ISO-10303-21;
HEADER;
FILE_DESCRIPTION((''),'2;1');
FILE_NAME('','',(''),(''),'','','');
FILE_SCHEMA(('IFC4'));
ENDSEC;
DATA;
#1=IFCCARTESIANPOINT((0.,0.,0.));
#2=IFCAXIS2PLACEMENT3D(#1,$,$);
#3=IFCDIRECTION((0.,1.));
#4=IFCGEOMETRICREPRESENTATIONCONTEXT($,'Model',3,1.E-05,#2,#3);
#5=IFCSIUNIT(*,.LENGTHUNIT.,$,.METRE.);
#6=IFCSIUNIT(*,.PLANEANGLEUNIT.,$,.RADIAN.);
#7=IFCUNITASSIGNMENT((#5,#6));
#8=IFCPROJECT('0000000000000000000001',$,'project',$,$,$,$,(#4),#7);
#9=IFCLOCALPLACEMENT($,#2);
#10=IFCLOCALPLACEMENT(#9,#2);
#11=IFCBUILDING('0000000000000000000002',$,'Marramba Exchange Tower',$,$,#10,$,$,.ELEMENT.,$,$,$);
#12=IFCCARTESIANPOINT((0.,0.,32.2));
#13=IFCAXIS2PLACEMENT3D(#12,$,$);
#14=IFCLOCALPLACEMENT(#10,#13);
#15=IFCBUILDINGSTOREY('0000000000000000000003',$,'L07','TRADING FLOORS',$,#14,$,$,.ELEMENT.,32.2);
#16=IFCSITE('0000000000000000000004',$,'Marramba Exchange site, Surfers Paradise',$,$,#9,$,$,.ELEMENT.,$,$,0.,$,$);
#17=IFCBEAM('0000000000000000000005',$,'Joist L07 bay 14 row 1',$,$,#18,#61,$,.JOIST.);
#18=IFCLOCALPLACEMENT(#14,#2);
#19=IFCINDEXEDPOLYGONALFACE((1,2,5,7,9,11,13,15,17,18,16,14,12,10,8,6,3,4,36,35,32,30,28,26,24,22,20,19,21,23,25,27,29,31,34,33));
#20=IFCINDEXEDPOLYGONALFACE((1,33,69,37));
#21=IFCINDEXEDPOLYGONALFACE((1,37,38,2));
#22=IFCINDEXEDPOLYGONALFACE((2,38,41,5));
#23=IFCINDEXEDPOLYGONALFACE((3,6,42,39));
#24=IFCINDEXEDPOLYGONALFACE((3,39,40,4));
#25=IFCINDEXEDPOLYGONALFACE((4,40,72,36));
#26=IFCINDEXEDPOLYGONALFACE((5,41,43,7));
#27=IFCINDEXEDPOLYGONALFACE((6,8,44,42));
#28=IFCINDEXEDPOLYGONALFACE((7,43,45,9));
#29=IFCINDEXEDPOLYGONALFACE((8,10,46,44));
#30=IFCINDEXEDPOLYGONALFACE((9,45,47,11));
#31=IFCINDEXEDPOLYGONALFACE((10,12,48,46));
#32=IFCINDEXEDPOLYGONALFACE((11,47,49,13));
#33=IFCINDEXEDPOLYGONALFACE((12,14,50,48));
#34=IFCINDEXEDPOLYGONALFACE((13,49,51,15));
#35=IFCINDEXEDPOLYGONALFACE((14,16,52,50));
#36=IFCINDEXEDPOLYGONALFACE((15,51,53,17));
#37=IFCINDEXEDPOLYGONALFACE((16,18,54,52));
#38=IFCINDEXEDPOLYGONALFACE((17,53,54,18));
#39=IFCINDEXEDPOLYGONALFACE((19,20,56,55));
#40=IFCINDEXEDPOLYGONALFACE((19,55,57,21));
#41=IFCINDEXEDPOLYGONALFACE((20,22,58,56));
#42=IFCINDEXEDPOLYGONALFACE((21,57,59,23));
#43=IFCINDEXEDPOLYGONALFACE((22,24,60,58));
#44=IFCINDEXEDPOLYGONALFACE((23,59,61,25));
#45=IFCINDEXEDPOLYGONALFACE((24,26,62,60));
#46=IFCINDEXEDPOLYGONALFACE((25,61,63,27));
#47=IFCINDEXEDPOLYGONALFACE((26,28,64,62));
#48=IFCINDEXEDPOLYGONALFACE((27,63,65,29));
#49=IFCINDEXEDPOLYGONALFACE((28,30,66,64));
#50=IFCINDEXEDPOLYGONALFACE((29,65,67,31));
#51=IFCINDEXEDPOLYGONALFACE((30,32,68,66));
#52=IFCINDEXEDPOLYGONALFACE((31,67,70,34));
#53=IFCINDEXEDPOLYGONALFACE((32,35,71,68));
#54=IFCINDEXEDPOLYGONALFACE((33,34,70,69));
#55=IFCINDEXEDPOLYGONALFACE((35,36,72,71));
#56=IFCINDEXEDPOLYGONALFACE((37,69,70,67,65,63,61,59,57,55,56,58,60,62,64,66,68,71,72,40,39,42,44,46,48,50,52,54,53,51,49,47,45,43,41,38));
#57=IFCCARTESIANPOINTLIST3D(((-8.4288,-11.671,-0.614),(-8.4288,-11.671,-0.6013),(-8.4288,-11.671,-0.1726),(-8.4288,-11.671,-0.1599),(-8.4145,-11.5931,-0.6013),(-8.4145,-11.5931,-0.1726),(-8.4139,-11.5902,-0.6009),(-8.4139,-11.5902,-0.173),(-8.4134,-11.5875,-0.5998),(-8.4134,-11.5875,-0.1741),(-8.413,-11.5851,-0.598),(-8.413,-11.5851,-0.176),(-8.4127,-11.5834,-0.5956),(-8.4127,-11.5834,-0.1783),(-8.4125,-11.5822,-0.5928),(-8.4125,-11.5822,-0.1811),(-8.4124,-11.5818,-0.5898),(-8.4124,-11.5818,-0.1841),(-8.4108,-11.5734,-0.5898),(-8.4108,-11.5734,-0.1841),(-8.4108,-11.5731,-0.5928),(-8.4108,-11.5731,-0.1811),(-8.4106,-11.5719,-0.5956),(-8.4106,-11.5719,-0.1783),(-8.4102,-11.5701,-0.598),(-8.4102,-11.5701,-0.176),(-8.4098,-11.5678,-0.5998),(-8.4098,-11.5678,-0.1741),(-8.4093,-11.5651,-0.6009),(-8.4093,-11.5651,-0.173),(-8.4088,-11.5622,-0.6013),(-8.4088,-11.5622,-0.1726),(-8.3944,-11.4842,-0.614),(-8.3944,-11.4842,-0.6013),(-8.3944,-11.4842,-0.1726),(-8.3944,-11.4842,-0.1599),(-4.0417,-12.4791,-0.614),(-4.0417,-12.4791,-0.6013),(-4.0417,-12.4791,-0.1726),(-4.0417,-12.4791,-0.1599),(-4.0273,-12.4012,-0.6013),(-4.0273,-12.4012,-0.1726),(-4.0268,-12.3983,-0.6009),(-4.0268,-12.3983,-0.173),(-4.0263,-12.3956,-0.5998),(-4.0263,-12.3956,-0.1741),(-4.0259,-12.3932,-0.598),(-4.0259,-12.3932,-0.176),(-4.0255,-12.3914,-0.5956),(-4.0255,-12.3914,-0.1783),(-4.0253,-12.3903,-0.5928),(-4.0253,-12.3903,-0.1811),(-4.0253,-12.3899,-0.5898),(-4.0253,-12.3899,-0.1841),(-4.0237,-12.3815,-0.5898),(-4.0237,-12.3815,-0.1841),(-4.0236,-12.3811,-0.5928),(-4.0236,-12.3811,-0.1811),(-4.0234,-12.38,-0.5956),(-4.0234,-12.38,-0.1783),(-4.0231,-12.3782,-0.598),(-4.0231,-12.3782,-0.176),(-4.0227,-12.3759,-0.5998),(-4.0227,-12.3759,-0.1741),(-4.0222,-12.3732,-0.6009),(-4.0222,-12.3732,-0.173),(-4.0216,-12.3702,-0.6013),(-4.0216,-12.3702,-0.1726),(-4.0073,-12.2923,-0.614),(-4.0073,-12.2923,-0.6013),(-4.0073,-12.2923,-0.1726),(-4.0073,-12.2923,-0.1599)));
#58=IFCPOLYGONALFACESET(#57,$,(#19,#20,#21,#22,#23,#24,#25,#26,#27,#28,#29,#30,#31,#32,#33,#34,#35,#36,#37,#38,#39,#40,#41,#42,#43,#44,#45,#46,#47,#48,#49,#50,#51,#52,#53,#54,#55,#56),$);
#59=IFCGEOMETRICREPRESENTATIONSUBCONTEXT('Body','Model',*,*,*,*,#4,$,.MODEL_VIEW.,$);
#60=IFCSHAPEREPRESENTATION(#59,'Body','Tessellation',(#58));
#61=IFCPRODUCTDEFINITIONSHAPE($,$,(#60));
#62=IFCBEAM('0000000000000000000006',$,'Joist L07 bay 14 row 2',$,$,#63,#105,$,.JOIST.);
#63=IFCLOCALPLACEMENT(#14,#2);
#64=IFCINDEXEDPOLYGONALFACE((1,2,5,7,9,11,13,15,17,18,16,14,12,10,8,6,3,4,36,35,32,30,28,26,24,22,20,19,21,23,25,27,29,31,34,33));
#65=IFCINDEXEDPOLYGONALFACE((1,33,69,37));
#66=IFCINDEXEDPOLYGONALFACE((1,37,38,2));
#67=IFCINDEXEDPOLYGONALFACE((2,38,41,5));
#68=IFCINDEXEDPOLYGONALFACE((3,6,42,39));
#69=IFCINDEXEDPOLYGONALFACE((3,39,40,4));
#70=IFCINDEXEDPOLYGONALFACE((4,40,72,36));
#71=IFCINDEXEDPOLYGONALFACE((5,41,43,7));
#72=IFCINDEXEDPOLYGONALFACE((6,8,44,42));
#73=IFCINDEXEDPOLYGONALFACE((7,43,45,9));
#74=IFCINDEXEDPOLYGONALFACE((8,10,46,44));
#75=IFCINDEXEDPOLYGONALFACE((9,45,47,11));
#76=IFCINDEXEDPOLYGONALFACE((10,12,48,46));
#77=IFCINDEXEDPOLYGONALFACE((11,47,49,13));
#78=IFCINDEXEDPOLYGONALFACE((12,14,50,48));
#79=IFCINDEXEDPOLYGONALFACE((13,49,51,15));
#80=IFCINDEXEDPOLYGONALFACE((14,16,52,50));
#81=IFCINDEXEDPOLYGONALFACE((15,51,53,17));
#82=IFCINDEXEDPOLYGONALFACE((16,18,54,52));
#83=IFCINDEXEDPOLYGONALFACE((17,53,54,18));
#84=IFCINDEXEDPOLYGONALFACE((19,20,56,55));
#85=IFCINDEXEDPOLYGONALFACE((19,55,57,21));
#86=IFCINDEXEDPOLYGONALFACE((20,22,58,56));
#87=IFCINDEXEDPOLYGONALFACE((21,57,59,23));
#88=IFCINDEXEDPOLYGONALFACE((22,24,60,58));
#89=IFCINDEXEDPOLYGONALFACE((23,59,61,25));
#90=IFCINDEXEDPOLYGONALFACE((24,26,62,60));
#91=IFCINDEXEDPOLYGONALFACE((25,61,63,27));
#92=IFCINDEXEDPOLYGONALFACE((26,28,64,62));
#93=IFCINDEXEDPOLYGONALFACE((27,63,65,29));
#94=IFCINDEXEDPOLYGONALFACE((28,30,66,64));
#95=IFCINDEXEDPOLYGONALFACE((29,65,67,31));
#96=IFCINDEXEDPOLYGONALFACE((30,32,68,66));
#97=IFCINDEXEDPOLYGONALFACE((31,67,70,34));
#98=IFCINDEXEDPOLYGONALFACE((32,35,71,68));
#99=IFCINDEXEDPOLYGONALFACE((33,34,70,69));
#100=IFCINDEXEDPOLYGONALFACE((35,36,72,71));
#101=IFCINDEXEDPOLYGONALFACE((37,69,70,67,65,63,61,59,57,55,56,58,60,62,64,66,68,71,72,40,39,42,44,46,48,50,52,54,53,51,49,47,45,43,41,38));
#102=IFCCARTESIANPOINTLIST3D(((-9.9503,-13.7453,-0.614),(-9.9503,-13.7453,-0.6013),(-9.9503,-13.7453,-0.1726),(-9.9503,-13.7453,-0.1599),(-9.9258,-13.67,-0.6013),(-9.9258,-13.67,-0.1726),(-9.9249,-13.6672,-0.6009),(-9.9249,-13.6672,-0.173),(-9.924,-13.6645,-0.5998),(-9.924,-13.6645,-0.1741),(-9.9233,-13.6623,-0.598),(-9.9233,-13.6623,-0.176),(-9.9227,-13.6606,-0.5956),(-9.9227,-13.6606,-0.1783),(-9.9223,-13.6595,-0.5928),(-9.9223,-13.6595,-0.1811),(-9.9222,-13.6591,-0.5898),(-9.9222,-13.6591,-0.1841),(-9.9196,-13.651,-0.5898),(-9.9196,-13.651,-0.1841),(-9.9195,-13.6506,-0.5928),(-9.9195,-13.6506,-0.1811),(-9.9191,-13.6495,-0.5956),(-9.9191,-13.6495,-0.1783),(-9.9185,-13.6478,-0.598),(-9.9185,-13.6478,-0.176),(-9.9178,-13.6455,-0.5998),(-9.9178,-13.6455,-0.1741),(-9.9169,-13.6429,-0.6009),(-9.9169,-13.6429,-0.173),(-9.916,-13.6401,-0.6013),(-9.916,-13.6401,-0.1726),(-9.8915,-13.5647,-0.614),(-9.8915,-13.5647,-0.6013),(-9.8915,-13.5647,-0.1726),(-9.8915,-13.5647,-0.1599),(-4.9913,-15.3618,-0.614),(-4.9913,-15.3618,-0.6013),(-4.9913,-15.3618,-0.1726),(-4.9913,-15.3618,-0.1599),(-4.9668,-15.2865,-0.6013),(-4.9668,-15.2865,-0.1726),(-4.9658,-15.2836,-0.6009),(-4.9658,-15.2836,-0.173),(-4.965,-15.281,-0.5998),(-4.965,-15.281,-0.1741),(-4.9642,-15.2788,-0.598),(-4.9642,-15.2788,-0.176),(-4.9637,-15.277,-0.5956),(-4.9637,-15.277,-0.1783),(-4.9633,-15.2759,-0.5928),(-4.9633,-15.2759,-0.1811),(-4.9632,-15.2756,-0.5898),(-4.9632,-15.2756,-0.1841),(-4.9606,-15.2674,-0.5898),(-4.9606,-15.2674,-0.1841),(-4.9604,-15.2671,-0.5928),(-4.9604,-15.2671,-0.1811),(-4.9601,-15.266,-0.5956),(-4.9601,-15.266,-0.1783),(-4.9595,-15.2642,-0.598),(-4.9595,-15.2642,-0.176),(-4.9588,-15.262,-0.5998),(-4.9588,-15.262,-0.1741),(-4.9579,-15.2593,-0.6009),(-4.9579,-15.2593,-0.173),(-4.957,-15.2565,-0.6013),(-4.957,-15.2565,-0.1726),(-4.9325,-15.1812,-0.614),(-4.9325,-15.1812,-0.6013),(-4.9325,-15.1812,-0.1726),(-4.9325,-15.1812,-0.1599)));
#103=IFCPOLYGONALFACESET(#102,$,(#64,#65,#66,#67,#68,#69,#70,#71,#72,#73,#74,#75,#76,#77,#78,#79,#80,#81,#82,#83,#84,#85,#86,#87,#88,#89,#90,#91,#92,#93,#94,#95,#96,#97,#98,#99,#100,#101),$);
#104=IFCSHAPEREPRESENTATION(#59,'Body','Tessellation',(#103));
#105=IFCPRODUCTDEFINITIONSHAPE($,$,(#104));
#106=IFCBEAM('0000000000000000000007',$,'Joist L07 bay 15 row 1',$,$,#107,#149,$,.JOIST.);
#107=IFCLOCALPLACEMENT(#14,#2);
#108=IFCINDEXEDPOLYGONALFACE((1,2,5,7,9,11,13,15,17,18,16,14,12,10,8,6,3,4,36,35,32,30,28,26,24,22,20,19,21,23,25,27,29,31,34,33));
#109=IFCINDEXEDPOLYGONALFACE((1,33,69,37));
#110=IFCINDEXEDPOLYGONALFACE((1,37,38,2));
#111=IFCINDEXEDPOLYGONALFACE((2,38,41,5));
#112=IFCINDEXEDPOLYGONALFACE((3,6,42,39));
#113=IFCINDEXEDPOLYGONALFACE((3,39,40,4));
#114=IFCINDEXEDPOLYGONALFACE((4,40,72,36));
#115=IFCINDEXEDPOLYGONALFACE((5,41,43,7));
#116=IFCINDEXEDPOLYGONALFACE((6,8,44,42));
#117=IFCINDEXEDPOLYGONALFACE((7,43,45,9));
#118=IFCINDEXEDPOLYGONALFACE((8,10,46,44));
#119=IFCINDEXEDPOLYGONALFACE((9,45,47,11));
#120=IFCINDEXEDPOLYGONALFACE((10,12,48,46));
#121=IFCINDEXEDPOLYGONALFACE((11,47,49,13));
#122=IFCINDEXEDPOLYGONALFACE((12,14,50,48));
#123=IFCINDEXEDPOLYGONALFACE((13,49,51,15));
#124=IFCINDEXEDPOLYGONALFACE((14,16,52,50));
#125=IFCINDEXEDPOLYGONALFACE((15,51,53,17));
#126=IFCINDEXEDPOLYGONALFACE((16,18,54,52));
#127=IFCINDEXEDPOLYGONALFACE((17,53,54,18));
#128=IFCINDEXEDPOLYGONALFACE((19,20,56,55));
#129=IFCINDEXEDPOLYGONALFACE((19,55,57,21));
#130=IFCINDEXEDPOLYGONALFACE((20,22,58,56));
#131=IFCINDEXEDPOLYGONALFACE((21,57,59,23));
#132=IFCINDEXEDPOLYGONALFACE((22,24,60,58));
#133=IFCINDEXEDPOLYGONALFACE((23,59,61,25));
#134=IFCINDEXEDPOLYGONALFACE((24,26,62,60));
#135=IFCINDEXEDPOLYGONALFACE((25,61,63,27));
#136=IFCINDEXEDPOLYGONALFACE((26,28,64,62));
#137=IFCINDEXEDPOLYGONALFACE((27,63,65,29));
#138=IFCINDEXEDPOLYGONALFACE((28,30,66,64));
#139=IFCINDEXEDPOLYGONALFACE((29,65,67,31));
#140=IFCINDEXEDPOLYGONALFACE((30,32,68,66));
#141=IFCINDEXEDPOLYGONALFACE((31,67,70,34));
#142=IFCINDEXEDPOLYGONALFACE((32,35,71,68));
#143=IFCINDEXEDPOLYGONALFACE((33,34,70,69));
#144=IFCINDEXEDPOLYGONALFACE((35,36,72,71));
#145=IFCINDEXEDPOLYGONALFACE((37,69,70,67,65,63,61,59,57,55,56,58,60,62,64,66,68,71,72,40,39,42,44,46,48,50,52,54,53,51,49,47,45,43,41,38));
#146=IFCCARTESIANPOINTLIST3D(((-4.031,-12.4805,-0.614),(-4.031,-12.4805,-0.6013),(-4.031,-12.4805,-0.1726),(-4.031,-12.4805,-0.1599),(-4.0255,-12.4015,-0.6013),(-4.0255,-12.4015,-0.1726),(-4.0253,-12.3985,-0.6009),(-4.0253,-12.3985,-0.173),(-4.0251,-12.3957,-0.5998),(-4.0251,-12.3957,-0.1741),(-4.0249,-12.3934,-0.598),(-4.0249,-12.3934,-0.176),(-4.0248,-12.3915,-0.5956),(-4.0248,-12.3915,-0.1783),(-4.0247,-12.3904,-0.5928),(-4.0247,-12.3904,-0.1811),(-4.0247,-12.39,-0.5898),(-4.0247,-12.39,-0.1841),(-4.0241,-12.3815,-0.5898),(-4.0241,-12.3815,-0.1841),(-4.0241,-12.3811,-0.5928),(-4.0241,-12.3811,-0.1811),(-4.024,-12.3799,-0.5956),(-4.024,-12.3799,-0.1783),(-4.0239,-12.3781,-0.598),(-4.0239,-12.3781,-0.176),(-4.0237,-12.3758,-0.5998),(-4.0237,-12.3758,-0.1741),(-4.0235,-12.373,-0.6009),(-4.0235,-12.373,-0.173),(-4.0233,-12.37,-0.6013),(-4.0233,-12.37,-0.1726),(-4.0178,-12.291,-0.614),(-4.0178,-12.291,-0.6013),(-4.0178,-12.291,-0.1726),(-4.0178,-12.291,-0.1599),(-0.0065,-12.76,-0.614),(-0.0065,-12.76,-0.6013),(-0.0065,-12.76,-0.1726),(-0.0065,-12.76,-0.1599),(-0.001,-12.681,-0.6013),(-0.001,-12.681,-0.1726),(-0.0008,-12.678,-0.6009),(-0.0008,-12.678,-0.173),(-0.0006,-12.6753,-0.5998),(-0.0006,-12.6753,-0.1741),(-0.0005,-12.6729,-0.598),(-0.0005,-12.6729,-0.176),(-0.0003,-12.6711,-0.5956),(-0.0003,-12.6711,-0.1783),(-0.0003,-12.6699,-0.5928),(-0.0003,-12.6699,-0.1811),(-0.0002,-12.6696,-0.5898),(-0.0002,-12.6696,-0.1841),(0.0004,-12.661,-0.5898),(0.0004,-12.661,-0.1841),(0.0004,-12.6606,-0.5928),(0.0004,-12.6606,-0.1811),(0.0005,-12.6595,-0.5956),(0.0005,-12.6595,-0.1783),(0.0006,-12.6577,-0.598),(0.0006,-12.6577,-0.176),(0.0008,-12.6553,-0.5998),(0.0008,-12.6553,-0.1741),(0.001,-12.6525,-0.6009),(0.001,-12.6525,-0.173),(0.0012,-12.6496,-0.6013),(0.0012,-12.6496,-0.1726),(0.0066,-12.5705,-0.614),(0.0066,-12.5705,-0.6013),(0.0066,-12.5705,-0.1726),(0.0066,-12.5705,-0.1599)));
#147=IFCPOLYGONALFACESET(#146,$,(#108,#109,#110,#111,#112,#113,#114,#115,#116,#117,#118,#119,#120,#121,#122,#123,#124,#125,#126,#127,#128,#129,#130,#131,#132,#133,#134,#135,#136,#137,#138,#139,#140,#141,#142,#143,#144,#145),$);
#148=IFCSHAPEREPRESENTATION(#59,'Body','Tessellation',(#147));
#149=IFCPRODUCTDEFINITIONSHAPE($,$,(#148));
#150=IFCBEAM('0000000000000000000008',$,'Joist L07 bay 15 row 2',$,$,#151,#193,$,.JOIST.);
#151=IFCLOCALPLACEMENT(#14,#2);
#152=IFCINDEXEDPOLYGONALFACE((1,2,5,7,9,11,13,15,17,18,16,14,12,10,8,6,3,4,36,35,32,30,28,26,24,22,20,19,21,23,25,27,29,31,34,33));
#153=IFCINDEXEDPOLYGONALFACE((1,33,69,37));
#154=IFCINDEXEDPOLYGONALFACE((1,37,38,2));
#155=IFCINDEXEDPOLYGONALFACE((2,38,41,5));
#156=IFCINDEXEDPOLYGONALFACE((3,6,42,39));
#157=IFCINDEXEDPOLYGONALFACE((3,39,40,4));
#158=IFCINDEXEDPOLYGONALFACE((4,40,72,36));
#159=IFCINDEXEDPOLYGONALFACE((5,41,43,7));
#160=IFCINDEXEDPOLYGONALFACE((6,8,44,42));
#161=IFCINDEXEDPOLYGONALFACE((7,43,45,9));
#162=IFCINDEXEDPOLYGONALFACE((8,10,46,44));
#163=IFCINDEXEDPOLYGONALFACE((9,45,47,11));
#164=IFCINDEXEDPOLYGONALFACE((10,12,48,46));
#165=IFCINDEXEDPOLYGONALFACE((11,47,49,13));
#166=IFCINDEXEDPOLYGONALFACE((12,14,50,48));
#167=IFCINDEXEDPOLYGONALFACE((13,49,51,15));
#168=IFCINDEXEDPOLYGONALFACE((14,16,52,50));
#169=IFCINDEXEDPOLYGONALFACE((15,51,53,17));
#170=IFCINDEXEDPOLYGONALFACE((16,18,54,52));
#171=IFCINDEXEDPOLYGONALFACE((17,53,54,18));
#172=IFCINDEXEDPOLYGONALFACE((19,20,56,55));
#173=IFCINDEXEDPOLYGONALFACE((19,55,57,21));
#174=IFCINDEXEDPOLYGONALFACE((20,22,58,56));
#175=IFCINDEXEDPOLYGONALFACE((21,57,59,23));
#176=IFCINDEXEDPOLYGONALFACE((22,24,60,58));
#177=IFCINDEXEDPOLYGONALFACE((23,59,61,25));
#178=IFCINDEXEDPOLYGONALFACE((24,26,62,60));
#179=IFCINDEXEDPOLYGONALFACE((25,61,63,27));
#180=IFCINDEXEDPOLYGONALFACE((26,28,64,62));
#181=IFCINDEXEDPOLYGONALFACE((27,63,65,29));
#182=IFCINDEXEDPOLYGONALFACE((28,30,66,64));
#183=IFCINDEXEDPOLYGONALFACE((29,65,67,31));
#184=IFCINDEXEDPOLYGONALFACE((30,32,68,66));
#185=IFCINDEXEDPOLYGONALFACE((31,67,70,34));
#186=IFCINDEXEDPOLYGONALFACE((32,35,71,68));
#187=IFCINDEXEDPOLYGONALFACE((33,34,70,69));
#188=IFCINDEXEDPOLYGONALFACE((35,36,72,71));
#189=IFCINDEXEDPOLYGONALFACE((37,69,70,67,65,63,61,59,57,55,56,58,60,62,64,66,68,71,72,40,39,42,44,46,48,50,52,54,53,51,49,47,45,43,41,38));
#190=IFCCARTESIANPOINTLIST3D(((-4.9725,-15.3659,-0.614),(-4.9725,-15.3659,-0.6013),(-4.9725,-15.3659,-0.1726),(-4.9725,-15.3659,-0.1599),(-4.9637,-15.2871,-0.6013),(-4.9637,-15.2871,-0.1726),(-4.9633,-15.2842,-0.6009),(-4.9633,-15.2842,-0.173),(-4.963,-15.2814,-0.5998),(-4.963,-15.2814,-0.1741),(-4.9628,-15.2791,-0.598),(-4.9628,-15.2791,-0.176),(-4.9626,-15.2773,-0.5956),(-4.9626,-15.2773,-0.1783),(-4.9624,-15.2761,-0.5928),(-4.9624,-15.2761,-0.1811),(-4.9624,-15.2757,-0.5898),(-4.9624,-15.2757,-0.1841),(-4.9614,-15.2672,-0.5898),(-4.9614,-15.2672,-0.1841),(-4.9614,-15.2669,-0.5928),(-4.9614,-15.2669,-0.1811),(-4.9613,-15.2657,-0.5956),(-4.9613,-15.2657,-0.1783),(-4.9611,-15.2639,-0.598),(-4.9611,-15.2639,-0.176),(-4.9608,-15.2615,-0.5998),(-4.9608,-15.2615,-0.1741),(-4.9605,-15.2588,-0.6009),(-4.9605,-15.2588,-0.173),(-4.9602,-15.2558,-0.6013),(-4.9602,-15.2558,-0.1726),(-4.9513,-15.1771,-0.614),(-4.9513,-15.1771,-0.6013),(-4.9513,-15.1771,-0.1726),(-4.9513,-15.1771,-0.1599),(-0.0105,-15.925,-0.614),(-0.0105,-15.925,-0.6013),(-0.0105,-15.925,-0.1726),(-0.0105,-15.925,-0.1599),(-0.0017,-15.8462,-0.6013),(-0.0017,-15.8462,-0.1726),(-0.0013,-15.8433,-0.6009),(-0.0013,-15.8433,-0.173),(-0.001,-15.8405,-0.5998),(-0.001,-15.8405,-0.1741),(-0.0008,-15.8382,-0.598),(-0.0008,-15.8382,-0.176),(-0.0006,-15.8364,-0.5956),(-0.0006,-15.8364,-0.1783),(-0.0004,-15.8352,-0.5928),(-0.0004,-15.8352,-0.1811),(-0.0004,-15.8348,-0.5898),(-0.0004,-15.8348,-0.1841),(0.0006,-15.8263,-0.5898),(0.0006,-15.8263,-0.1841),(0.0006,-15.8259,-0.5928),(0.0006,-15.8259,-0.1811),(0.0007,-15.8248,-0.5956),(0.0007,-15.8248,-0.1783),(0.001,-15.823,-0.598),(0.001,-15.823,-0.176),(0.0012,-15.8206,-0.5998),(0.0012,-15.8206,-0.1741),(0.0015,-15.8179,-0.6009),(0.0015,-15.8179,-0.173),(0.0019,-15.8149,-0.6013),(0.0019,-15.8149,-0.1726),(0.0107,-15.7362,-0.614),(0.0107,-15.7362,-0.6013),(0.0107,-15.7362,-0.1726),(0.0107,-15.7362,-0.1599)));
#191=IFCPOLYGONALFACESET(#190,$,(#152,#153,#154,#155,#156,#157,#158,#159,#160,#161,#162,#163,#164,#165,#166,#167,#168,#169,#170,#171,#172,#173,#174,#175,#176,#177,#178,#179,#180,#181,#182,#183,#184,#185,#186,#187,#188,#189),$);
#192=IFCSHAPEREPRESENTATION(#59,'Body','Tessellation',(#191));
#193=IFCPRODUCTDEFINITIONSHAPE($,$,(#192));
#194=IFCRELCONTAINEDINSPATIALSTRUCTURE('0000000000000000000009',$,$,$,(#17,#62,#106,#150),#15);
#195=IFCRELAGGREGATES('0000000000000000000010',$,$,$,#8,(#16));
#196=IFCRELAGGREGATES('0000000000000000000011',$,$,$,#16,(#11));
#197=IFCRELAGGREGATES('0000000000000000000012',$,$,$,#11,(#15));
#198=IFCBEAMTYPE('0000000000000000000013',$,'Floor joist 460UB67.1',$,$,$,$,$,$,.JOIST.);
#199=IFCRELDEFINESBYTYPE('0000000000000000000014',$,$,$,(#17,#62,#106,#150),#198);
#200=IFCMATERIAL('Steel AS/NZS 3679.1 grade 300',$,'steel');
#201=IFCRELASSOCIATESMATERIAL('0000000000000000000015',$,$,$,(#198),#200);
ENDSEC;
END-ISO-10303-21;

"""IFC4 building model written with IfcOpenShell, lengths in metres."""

from ifc_helpers import new_model, si_unit, direction, frame, origin, origin_2d, place, context, subcontext, project, spatial, i_section, extrude, material, material_profile, profile_set, type_object, element, save


model = new_model("IFC4")

# Units and contexts
model_context = context("Model", 3, precision=1e-05, world=origin(), true_north=direction((0.0, 1.0)))
body_context = subcontext(model_context, "Body", "Model", "MODEL_VIEW")
ifc_project = project(units=[si_unit("LENGTHUNIT", "METRE"), si_unit("PLANEANGLEUNIT", "RADIAN")], contexts=[model_context])

# Site, building, storey
site_placement = place(None, origin())
site = spatial("IfcSite", under=ifc_project, at=site_placement, Name="Marramba Exchange site, Surfers Paradise", CompositionType="ELEMENT", RefElevation=0.0)
building_placement = place(site_placement, origin())
building = spatial("IfcBuilding", under=site, at=building_placement, Name="Marramba Exchange Tower", CompositionType="ELEMENT")
storey_placement = place(building_placement, frame((0.0, 0.0, 32.2)))
storey = spatial("IfcBuildingStorey", under=building, at=storey_placement, Name="L07", Description="TRADING FLOORS", CompositionType="ELEMENT", Elevation=32.2)

# Beams
ifc_material_1 = material(Name="Steel AS/NZS 3679.1 grade 300", Category="steel")
ifc_material_profile_1 = material_profile(ifc_material_1, i_section(OverallWidth=0.1899, OverallDepth=0.4541, WebThickness=0.0085, FlangeThickness=0.0127, FilletRadius=0.0115, at=origin_2d()), Name="460UB67.1")
ifc_profile_set_1 = profile_set([ifc_material_profile_1], Name="Steel AS/NZS 3679.1 grade 300")
beam_type_1 = type_object("IfcBeamType", Name="Floor joist 460UB67.1", PredefinedType="JOIST", material=ifc_profile_set_1)
beam_1_placement = place(storey_placement, frame((-8.4116, -11.5776, -0.387), z_axis=(0.983456, -0.181149, 0.0), x_axis=(0.181149, 0.983456, 0.0)))
element("IfcBeam", 1, at=beam_1_placement, inside=storey, type_object=beam_type_1, Name="Joist L07 bay 14 row 1", PredefinedType="JOIST", context=body_context, shape_type="SweptSolid", body=[
    extrude(i_section(OverallWidth=0.1899, OverallDepth=0.4541, WebThickness=0.0085, FlangeThickness=0.0127, FilletRadius=0.0115, at=origin_2d()), origin(), (0.0, 0.0, 1.0), 4.4609),
])
beam_2_placement = place(storey_placement, frame((-9.9209, -13.655, -0.387), z_axis=(0.950764, -0.309916, 0.0), x_axis=(0.309916, 0.950764, 0.0)))
element("IfcBeam", 2, at=beam_2_placement, inside=storey, type_object=beam_type_1, Name="Joist L07 bay 14 row 2", PredefinedType="JOIST", context=body_context, shape_type="SweptSolid", body=[
    extrude(i_section(OverallWidth=0.1899, OverallDepth=0.4541, WebThickness=0.0085, FlangeThickness=0.0127, FilletRadius=0.0115, at=origin_2d()), origin(), (0.0, 0.0, 1.0), 5.2158),
])
beam_3_placement = place(storey_placement, frame((-4.0244, -12.3857, -0.387), z_axis=(0.997596, -0.069294, 0.0), x_axis=(0.069294, 0.997596, 0.0)))
element("IfcBeam", 3, at=beam_3_placement, inside=storey, type_object=beam_type_1, Name="Joist L07 bay 15 row 1", PredefinedType="JOIST", context=body_context, shape_type="SweptSolid", body=[
    extrude(i_section(OverallWidth=0.1899, OverallDepth=0.4541, WebThickness=0.0085, FlangeThickness=0.0127, FilletRadius=0.0115, at=origin_2d()), origin(), (0.0, 0.0, 1.0), 4.0342),
])
beam_4_placement = place(storey_placement, frame((-4.9619, -15.2715, -0.387), z_axis=(0.993712, -0.111966, 0.0), x_axis=(0.111966, 0.993712, 0.0)))
element("IfcBeam", 4, at=beam_4_placement, inside=storey, type_object=beam_type_1, Name="Joist L07 bay 15 row 2", PredefinedType="JOIST", context=body_context, shape_type="SweptSolid", body=[
    extrude(i_section(OverallWidth=0.1899, OverallDepth=0.4541, WebThickness=0.0085, FlangeThickness=0.0127, FilletRadius=0.0115, at=origin_2d()), origin(), (0.0, 0.0, 1.0), 4.9934),
])

save(model, "model.ifc")
